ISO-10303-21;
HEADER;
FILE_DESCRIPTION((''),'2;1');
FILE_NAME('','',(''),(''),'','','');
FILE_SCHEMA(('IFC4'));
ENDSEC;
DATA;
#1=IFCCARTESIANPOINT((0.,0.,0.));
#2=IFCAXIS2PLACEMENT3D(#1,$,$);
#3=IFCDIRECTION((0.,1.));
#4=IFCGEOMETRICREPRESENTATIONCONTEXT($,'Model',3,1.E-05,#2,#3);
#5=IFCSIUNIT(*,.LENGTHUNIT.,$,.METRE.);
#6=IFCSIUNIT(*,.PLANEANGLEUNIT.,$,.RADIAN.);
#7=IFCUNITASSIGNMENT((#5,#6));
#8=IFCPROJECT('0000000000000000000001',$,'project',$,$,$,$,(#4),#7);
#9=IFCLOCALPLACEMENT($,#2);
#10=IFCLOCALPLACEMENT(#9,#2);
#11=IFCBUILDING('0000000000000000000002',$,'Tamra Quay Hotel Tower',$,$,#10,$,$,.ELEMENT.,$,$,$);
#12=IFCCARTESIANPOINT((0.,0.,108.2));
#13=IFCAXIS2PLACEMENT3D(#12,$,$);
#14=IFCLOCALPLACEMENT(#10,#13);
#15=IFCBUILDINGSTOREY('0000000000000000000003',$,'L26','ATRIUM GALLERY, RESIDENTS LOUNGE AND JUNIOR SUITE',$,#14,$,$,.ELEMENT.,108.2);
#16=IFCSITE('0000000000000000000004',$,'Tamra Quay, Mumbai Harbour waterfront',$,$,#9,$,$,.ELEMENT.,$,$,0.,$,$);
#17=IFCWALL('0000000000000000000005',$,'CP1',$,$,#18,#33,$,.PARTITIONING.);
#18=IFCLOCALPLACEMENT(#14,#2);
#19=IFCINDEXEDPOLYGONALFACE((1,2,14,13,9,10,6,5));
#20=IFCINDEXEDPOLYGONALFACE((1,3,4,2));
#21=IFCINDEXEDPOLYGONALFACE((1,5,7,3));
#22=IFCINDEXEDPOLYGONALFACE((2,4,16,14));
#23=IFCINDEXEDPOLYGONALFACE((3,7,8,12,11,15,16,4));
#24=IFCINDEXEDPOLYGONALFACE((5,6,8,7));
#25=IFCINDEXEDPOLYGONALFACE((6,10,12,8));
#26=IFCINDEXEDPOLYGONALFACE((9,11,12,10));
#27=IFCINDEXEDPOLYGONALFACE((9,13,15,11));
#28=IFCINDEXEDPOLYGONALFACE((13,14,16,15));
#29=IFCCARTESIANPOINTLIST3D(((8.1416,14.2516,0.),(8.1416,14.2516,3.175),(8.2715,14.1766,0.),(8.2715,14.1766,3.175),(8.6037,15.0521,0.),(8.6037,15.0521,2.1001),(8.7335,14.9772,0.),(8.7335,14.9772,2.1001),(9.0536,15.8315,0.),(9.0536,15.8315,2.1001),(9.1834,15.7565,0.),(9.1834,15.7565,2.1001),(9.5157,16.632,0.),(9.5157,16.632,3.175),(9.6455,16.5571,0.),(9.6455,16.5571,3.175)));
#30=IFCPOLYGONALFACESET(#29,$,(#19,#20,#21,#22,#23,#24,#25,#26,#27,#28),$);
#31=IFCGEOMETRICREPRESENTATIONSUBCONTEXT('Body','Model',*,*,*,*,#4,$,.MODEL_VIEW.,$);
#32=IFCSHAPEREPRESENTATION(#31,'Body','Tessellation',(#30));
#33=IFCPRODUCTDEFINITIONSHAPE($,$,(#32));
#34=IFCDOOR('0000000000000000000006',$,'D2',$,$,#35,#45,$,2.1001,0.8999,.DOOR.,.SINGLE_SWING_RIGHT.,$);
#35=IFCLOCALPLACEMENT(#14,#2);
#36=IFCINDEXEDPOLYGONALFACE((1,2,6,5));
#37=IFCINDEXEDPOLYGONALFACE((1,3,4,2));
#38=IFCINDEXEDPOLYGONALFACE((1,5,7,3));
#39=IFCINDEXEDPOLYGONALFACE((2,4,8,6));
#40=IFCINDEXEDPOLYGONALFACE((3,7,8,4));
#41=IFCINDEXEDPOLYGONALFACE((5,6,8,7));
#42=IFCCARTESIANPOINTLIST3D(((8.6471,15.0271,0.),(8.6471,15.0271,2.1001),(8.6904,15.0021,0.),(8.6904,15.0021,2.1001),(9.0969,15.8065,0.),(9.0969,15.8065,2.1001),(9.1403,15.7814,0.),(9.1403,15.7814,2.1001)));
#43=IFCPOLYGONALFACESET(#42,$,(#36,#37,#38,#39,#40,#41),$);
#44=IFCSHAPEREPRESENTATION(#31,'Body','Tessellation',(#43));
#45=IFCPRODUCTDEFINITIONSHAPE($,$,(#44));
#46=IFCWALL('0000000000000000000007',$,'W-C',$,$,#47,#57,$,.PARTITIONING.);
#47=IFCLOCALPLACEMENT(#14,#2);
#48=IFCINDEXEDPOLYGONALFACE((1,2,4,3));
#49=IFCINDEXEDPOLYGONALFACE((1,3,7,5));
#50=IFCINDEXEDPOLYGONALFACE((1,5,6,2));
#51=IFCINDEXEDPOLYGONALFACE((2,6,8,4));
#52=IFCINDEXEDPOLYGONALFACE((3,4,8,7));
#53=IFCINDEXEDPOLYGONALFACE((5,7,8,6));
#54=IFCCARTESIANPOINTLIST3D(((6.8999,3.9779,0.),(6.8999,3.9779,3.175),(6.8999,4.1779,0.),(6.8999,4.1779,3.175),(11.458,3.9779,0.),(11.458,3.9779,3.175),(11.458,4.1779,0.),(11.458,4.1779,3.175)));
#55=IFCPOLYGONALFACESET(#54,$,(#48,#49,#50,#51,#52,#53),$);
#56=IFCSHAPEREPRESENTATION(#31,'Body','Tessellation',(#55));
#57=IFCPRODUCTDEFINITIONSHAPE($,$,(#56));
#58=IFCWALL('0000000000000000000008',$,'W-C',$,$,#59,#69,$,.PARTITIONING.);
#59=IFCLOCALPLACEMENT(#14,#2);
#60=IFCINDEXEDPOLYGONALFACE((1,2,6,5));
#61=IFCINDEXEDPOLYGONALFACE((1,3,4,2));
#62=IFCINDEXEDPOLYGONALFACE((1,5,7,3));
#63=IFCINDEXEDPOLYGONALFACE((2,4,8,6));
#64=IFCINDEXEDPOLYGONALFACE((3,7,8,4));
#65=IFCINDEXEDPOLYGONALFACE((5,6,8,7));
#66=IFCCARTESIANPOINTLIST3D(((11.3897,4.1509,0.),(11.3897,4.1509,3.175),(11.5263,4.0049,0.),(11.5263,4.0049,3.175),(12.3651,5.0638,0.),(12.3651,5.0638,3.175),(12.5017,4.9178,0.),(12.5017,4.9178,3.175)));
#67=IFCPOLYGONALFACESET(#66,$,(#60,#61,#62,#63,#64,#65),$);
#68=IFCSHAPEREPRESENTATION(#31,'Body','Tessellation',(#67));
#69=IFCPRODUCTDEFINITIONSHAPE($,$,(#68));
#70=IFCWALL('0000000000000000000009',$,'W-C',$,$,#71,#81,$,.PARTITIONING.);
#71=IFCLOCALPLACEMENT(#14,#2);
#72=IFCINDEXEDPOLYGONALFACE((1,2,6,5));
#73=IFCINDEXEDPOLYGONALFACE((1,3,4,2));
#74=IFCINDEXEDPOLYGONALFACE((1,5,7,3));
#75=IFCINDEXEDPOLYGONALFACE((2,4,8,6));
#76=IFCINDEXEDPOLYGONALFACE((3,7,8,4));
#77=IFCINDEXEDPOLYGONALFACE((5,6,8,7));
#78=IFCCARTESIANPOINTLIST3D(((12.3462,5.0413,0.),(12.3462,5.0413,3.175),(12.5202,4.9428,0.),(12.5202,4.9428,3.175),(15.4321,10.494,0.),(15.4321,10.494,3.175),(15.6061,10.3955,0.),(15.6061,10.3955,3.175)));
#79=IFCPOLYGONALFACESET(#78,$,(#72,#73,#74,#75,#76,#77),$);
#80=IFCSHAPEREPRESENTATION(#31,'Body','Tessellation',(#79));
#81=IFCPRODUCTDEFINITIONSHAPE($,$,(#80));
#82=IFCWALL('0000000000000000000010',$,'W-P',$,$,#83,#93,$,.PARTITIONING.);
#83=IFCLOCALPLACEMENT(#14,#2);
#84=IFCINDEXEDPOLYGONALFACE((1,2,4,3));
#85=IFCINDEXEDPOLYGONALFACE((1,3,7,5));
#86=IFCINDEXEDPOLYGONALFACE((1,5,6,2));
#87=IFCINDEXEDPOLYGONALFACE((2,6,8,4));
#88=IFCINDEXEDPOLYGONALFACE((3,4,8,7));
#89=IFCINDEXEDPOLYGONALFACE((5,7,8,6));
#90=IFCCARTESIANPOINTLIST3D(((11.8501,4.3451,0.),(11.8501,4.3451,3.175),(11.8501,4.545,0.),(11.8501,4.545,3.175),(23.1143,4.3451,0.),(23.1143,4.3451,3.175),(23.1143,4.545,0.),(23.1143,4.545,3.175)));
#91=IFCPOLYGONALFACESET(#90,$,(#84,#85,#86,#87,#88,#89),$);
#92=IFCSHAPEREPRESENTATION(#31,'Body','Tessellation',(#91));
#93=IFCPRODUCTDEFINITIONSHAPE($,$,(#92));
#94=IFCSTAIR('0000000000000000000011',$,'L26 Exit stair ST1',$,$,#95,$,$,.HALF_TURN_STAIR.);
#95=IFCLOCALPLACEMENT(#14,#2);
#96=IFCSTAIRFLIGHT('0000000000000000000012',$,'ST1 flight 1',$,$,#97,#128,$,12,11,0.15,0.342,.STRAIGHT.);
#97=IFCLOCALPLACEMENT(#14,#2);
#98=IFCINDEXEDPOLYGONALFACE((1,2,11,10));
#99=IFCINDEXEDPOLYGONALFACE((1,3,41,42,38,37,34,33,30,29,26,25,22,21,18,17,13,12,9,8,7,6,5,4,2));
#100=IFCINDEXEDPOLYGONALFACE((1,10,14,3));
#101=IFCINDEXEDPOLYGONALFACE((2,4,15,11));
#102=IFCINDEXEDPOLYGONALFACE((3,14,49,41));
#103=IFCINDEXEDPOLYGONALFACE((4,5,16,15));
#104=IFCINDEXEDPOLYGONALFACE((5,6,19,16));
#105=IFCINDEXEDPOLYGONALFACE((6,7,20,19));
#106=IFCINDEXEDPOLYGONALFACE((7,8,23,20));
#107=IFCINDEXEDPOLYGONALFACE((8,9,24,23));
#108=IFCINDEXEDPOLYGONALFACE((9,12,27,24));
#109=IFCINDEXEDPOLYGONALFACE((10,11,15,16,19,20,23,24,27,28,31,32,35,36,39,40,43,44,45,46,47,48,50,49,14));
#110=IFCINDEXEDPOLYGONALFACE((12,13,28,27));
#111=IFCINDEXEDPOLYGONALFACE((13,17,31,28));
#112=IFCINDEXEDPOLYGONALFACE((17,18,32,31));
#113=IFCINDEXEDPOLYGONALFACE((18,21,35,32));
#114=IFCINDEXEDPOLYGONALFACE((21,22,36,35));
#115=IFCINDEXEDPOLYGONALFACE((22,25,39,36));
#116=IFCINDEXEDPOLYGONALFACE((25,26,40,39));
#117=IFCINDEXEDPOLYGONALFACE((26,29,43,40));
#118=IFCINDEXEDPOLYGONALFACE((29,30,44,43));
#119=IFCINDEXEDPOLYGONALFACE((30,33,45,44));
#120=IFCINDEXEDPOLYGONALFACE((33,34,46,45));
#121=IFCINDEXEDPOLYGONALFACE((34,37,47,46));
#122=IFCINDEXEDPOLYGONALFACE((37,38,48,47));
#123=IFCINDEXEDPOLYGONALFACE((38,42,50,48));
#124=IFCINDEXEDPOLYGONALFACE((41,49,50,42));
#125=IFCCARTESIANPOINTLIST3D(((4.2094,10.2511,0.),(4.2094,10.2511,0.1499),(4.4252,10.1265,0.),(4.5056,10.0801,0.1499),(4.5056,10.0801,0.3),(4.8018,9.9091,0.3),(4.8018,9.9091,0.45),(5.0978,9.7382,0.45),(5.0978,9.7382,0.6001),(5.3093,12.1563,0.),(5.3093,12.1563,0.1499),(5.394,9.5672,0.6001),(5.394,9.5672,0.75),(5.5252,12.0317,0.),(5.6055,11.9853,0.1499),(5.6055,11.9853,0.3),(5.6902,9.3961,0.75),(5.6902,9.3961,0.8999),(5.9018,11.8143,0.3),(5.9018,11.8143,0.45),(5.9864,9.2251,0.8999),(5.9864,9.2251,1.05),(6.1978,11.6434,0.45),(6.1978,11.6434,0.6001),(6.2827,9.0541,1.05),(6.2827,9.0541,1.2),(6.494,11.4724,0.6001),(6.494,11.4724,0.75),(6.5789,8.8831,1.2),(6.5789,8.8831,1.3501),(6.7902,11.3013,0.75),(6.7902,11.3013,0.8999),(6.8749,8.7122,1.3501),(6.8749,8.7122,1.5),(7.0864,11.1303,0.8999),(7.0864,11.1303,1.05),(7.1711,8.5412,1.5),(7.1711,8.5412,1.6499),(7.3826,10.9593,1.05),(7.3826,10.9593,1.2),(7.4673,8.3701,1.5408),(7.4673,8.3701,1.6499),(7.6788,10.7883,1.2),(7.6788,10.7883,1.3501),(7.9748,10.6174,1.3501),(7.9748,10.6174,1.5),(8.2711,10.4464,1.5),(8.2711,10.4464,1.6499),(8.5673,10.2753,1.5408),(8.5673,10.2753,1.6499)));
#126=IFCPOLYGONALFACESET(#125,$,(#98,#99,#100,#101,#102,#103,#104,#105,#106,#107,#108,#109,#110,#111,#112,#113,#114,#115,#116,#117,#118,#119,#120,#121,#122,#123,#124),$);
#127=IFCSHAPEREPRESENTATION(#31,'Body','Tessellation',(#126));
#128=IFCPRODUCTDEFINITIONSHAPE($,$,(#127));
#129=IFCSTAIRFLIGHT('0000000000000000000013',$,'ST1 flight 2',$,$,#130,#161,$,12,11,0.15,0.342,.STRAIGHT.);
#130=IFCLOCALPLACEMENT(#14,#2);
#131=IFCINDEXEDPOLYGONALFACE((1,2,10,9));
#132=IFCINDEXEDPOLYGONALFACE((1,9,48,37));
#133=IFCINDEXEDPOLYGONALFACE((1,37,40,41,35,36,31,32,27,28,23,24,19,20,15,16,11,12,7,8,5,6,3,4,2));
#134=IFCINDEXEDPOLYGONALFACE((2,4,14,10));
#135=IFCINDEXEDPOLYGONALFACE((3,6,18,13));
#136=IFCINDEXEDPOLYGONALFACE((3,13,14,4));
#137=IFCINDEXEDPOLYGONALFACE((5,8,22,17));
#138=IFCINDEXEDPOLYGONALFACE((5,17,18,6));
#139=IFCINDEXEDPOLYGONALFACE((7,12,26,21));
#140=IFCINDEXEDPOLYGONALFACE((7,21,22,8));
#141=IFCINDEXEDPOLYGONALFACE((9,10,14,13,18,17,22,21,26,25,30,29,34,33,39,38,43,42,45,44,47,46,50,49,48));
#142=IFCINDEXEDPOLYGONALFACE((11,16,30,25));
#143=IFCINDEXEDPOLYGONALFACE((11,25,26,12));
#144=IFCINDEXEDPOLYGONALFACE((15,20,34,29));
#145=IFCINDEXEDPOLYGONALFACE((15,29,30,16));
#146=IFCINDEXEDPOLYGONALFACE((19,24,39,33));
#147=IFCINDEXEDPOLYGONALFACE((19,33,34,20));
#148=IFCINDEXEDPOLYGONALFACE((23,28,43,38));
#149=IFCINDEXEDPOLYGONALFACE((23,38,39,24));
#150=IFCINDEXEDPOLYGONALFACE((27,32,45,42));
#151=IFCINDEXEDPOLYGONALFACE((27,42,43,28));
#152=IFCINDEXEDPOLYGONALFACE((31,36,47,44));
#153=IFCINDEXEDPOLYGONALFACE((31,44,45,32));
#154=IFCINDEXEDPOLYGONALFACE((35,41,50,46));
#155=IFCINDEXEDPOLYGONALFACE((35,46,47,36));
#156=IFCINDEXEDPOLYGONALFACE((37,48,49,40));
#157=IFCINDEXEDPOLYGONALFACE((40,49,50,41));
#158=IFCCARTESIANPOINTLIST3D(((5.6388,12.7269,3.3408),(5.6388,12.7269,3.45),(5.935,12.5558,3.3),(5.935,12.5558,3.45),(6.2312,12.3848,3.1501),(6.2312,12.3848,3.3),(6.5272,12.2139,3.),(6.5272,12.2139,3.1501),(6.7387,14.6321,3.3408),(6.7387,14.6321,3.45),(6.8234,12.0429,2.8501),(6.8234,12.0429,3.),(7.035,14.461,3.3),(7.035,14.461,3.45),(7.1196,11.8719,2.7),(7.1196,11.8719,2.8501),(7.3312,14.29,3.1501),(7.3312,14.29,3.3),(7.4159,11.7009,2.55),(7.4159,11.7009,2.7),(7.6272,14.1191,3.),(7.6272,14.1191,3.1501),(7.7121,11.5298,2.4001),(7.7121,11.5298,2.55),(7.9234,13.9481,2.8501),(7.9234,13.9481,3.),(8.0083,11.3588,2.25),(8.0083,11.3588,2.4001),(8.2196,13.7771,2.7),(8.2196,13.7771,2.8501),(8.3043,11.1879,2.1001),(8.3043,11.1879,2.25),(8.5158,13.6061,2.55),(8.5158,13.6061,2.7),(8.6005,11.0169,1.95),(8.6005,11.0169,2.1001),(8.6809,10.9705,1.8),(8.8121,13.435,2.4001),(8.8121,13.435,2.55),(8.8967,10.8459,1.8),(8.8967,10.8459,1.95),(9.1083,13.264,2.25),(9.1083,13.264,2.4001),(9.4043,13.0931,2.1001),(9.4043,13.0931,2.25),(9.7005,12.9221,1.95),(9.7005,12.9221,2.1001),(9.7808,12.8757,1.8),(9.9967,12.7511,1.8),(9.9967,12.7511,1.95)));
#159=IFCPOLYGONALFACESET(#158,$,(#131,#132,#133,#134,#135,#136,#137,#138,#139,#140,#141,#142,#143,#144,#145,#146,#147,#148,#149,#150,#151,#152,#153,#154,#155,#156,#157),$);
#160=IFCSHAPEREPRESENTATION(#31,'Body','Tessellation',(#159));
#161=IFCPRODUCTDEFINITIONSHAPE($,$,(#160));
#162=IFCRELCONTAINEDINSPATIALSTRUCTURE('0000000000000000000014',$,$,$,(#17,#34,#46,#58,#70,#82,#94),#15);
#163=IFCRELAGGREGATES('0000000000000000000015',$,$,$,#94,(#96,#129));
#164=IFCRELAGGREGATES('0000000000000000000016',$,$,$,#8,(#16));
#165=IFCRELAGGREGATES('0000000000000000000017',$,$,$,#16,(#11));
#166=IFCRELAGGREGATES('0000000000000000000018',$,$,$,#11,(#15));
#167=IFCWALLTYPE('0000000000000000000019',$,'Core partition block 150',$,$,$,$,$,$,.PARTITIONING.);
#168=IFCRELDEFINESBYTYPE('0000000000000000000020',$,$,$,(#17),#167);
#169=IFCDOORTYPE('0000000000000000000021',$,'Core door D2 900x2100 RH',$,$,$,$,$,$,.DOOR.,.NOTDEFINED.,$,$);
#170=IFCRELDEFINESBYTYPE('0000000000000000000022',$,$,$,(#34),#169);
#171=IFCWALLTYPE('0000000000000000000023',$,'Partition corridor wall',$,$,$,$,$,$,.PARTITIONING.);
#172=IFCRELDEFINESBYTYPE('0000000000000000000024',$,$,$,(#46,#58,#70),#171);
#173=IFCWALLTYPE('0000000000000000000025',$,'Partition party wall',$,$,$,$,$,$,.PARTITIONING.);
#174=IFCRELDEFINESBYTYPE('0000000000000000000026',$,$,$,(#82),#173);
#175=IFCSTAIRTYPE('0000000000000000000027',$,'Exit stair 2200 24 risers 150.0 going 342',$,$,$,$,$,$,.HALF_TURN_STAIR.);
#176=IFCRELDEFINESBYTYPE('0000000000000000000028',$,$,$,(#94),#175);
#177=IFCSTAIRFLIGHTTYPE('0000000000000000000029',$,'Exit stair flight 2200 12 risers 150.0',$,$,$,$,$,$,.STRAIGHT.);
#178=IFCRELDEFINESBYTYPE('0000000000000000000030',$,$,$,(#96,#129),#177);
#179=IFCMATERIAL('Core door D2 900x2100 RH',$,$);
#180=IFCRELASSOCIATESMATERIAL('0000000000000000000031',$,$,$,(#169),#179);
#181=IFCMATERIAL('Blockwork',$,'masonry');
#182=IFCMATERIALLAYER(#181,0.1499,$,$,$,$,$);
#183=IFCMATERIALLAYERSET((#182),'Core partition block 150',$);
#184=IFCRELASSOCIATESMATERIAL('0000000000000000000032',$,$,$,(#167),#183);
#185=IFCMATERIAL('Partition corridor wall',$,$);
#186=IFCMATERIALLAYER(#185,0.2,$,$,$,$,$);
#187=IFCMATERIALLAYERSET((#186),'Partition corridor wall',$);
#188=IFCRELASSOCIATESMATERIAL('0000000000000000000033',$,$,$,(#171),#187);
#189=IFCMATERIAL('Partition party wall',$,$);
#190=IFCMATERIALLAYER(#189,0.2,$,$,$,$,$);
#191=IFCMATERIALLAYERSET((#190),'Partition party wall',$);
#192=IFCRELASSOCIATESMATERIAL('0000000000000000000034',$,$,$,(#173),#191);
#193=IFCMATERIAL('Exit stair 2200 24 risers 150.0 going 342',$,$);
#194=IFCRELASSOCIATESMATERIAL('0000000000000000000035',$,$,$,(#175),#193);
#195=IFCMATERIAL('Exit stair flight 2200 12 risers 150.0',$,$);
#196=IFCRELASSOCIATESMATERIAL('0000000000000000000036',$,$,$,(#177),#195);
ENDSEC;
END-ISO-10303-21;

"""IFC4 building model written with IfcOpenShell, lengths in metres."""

from ifc_helpers import new_model, si_unit, direction, frame, frame_2d, origin, place, context, subcontext, project, spatial, polyline, rectangle, outline, extrude, material, layer, layer_set, type_object, element, fill, aggregate, save


model = new_model("IFC4")

# Units and contexts
model_context = context("Model", 3, precision=1e-05, world=origin(), true_north=direction((0.0, 1.0)))
body_context = subcontext(model_context, "Body", "Model", "MODEL_VIEW")
ifc_project = project(units=[si_unit("LENGTHUNIT", "METRE"), si_unit("PLANEANGLEUNIT", "RADIAN")], contexts=[model_context])

# Site, building, storey
site_placement = place(None, origin())
site = spatial("IfcSite", under=ifc_project, at=site_placement, Name="Tamra Quay, Mumbai Harbour waterfront", CompositionType="ELEMENT", RefElevation=0.0)
building_placement = place(site_placement, origin())
building = spatial("IfcBuilding", under=site, at=building_placement, Name="Tamra Quay Hotel Tower", CompositionType="ELEMENT")
storey_placement = place(building_placement, frame((0.0, 0.0, 108.2)))
storey = spatial("IfcBuildingStorey", under=building, at=storey_placement, Name="L26", Description="ATRIUM GALLERY, RESIDENTS LOUNGE AND JUNIOR SUITE", CompositionType="ELEMENT", Elevation=108.2)

# Shared definitions
ifc_material_1 = material(Name="Core door D2 900x2100 RH")
door_type_1 = type_object("IfcDoorType", Name="Core door D2 900x2100 RH", OperationType="NOTDEFINED", PredefinedType="DOOR", material=ifc_material_1)

# Wall, opening, door
ifc_material_2 = material(Name="Blockwork", Category="masonry")
ifc_layer_1 = layer(ifc_material_2, 0.1499)
ifc_layer_set_1 = layer_set([ifc_layer_1], Name="Core partition block 150")
wall_type_1 = type_object("IfcWallType", Name="Core partition block 150", PredefinedType="PARTITIONING", material=ifc_layer_set_1)
wall_1_placement = place(storey_placement, frame((8.2065, 14.2141, 0.0), z_axis=(0.0, 0.0, 1.0), x_axis=(0.499922, 0.86607, 0.0)))
wall_1 = element("IfcWall", 1, at=wall_1_placement, inside=storey, type_object=wall_type_1, Name="CP1", PredefinedType="PARTITIONING", context=body_context, shape_type="SweptSolid", body=[
    extrude(rectangle(XDim=2.7485, YDim=0.1499, at=frame_2d((1.3743, 0.0))), origin(), (0.0, 0.0, 1.0), 3.175),
])
opening_1_placement = place(wall_1_placement, frame((0.9243, 0.0, 0.0)))
opening_1 = element("IfcOpeningElement", 2, at=opening_1_placement, cuts=wall_1, PredefinedType="OPENING", context=body_context, shape_type="SweptSolid", body=[
    extrude(rectangle(XDim=0.8999, YDim=2.1001, at=frame_2d((0.45, 1.05))), frame((0.0, 0.085, 0.0), z_axis=(0.0, -1.0, 0.0), x_axis=(1.0, 0.0, 0.0)), (0.0, 0.0, 1.0), 0.1699),
])
door_1_placement = place(opening_1_placement, origin())
door_1 = element("IfcDoor", 3, at=door_1_placement, inside=storey, type_object=door_type_1, Name="D2", OperationType="SINGLE_SWING_RIGHT", OverallHeight=2.1001, OverallWidth=0.8999, PredefinedType="DOOR", context=body_context, shape_type="SweptSolid", body=[
    extrude(rectangle(XDim=0.8999, YDim=2.1001, at=frame_2d((0.45, 1.05))), frame((0.0, 0.0249, 0.0), z_axis=(0.0, -1.0, 0.0), x_axis=(1.0, 0.0, 0.0)), (0.0, 0.0, 1.0), 0.05),
])
fill(opening_1, door_1)

# Walls
ifc_material_3 = material(Name="Partition corridor wall")
ifc_layer_2 = layer(ifc_material_3, 0.2)
ifc_layer_set_2 = layer_set([ifc_layer_2], Name="Partition corridor wall")
wall_type_2 = type_object("IfcWallType", Name="Partition corridor wall", PredefinedType="PARTITIONING", material=ifc_layer_set_2)
wall_2_placement = place(storey_placement, frame((6.8999, 4.0779, 0.0), z_axis=(0.0, 0.0, 1.0), x_axis=(1.0, 0.0, 0.0)))
element("IfcWall", 4, at=wall_2_placement, inside=storey, type_object=wall_type_2, Name="W-C", PredefinedType="PARTITIONING", context=body_context, shape_type="SweptSolid", body=[
    extrude(rectangle(XDim=4.5581, YDim=0.2, at=frame_2d((2.2791, 0.0))), origin(), (0.0, 0.0, 1.0), 3.175),
])
wall_3_placement = place(storey_placement, frame((11.458, 4.0779, 0.0), z_axis=(0.0, 0.0, 1.0), x_axis=(0.730113, 0.683327, 0.0)))
element("IfcWall", 5, at=wall_3_placement, inside=storey, type_object=wall_type_2, Name="W-C", PredefinedType="PARTITIONING", context=body_context, shape_type="SweptSolid", body=[
    extrude(rectangle(XDim=1.3359, YDim=0.2, at=frame_2d((0.668, 0.0))), origin(), (0.0, 0.0, 1.0), 3.175),
])
wall_4_placement = place(storey_placement, frame((12.4331, 4.9919, 0.0), z_axis=(0.0, 0.0, 1.0), x_axis=(0.492543, 0.870288, 0.0)))
element("IfcWall", 6, at=wall_4_placement, inside=storey, type_object=wall_type_2, Name="W-C", PredefinedType="PARTITIONING", context=body_context, shape_type="SweptSolid", body=[
    extrude(rectangle(XDim=6.2654, YDim=0.2, at=frame_2d((3.1328, 0.0))), origin(), (0.0, 0.0, 1.0), 3.175),
])
ifc_material_4 = material(Name="Partition party wall")
ifc_layer_3 = layer(ifc_material_4, 0.2)
ifc_layer_set_3 = layer_set([ifc_layer_3], Name="Partition party wall")
wall_type_3 = type_object("IfcWallType", Name="Partition party wall", PredefinedType="PARTITIONING", material=ifc_layer_set_3)
wall_5_placement = place(storey_placement, frame((11.8501, 4.4451, 0.0), z_axis=(0.0, 0.0, 1.0), x_axis=(1.0, 0.0, 0.0)))
element("IfcWall", 7, at=wall_5_placement, inside=storey, type_object=wall_type_3, Name="W-P", PredefinedType="PARTITIONING", context=body_context, shape_type="SweptSolid", body=[
    extrude(rectangle(XDim=11.2642, YDim=0.2, at=frame_2d((5.6321, 0.0))), origin(), (0.0, 0.0, 1.0), 3.175),
])

# Stair, stair flights
ifc_material_5 = material(Name="Exit stair 2200 24 risers 150.0 going 342")
stair_type = type_object("IfcStairType", Name="Exit stair 2200 24 risers 150.0 going 342", PredefinedType="HALF_TURN_STAIR", material=ifc_material_5)
stair_placement = place(storey_placement, origin())
stair = element("IfcStair", 8, at=stair_placement, inside=storey, type_object=stair_type, Name="L26 Exit stair ST1", PredefinedType="HALF_TURN_STAIR")
ifc_material_6 = material(Name="Exit stair flight 2200 12 risers 150.0")
stair_flight_type = type_object("IfcStairFlightType", Name="Exit stair flight 2200 12 risers 150.0", PredefinedType="STRAIGHT", material=ifc_material_6)
stair_flight_1_placement = place(storey_placement, frame((4.7593, 11.2036, 0.0), z_axis=(0.0, 0.0, 1.0), x_axis=(0.866025, -0.5, 0.0)))
stair_flight_1 = element("IfcStairFlight", 9, at=stair_flight_1_placement, type_object=stair_flight_type, Name="ST1 flight 1", NumberOfRisers=12, NumberOfTreads=11, PredefinedType="STRAIGHT", RiserHeight=0.15, TreadLength=0.342, context=body_context, shape_type="SweptSolid", body=[
    extrude(outline(polyline([(0.0, 0.0), (0.0, 0.1499), (0.342, 0.1499), (0.342, 0.3), (0.6841, 0.3), (0.6841, 0.45), (1.0259, 0.45), (1.0259, 0.6001), (1.3679, 0.6001), (1.3679, 0.75), (1.71, 0.75), (1.71, 0.8999), (2.052, 0.8999), (2.052, 1.05), (2.394, 1.05), (2.394, 1.2), (2.7361, 1.2), (2.7361, 1.3501), (3.0779, 1.3501), (3.0779, 1.5), (3.4199, 1.5), (3.4199, 1.6499), (3.762, 1.6499), (3.762, 1.8), (3.762, 1.5408), (0.2493, 0.0), (0.0, 0.0)])), frame((0.0, 1.1001, 0.0), z_axis=(0.0, -1.0, 0.0), x_axis=(1.0, 0.0, 0.0)), (0.0, 0.0, 1.0), 2.2),
])
stair_flight_2_placement = place(storey_placement, frame((9.4468, 11.7986, 1.8), z_axis=(0.0, 0.0, 1.0), x_axis=(-0.866025, 0.5, 0.0)))
stair_flight_2 = element("IfcStairFlight", 10, at=stair_flight_2_placement, type_object=stair_flight_type, Name="ST1 flight 2", NumberOfRisers=12, NumberOfTreads=11, PredefinedType="STRAIGHT", RiserHeight=0.15, TreadLength=0.342, context=body_context, shape_type="SweptSolid", body=[
    extrude(outline(polyline([(0.0, 0.0), (0.0, 0.1499), (0.342, 0.1499), (0.342, 0.3), (0.6841, 0.3), (0.6841, 0.45), (1.0259, 0.45), (1.0259, 0.6001), (1.3679, 0.6001), (1.3679, 0.75), (1.71, 0.75), (1.71, 0.8999), (2.052, 0.8999), (2.052, 1.05), (2.394, 1.05), (2.394, 1.2), (2.7361, 1.2), (2.7361, 1.3501), (3.0779, 1.3501), (3.0779, 1.5), (3.4199, 1.5), (3.4199, 1.6499), (3.762, 1.6499), (3.762, 1.8), (3.762, 1.5408), (0.2493, 0.0), (0.0, 0.0)])), frame((0.0, 1.1001, 0.0), z_axis=(0.0, -1.0, 0.0), x_axis=(1.0, 0.0, 0.0)), (0.0, 0.0, 1.0), 2.2),
])
aggregate(stair, [stair_flight_1, stair_flight_2])

save(model, "model.ifc")
